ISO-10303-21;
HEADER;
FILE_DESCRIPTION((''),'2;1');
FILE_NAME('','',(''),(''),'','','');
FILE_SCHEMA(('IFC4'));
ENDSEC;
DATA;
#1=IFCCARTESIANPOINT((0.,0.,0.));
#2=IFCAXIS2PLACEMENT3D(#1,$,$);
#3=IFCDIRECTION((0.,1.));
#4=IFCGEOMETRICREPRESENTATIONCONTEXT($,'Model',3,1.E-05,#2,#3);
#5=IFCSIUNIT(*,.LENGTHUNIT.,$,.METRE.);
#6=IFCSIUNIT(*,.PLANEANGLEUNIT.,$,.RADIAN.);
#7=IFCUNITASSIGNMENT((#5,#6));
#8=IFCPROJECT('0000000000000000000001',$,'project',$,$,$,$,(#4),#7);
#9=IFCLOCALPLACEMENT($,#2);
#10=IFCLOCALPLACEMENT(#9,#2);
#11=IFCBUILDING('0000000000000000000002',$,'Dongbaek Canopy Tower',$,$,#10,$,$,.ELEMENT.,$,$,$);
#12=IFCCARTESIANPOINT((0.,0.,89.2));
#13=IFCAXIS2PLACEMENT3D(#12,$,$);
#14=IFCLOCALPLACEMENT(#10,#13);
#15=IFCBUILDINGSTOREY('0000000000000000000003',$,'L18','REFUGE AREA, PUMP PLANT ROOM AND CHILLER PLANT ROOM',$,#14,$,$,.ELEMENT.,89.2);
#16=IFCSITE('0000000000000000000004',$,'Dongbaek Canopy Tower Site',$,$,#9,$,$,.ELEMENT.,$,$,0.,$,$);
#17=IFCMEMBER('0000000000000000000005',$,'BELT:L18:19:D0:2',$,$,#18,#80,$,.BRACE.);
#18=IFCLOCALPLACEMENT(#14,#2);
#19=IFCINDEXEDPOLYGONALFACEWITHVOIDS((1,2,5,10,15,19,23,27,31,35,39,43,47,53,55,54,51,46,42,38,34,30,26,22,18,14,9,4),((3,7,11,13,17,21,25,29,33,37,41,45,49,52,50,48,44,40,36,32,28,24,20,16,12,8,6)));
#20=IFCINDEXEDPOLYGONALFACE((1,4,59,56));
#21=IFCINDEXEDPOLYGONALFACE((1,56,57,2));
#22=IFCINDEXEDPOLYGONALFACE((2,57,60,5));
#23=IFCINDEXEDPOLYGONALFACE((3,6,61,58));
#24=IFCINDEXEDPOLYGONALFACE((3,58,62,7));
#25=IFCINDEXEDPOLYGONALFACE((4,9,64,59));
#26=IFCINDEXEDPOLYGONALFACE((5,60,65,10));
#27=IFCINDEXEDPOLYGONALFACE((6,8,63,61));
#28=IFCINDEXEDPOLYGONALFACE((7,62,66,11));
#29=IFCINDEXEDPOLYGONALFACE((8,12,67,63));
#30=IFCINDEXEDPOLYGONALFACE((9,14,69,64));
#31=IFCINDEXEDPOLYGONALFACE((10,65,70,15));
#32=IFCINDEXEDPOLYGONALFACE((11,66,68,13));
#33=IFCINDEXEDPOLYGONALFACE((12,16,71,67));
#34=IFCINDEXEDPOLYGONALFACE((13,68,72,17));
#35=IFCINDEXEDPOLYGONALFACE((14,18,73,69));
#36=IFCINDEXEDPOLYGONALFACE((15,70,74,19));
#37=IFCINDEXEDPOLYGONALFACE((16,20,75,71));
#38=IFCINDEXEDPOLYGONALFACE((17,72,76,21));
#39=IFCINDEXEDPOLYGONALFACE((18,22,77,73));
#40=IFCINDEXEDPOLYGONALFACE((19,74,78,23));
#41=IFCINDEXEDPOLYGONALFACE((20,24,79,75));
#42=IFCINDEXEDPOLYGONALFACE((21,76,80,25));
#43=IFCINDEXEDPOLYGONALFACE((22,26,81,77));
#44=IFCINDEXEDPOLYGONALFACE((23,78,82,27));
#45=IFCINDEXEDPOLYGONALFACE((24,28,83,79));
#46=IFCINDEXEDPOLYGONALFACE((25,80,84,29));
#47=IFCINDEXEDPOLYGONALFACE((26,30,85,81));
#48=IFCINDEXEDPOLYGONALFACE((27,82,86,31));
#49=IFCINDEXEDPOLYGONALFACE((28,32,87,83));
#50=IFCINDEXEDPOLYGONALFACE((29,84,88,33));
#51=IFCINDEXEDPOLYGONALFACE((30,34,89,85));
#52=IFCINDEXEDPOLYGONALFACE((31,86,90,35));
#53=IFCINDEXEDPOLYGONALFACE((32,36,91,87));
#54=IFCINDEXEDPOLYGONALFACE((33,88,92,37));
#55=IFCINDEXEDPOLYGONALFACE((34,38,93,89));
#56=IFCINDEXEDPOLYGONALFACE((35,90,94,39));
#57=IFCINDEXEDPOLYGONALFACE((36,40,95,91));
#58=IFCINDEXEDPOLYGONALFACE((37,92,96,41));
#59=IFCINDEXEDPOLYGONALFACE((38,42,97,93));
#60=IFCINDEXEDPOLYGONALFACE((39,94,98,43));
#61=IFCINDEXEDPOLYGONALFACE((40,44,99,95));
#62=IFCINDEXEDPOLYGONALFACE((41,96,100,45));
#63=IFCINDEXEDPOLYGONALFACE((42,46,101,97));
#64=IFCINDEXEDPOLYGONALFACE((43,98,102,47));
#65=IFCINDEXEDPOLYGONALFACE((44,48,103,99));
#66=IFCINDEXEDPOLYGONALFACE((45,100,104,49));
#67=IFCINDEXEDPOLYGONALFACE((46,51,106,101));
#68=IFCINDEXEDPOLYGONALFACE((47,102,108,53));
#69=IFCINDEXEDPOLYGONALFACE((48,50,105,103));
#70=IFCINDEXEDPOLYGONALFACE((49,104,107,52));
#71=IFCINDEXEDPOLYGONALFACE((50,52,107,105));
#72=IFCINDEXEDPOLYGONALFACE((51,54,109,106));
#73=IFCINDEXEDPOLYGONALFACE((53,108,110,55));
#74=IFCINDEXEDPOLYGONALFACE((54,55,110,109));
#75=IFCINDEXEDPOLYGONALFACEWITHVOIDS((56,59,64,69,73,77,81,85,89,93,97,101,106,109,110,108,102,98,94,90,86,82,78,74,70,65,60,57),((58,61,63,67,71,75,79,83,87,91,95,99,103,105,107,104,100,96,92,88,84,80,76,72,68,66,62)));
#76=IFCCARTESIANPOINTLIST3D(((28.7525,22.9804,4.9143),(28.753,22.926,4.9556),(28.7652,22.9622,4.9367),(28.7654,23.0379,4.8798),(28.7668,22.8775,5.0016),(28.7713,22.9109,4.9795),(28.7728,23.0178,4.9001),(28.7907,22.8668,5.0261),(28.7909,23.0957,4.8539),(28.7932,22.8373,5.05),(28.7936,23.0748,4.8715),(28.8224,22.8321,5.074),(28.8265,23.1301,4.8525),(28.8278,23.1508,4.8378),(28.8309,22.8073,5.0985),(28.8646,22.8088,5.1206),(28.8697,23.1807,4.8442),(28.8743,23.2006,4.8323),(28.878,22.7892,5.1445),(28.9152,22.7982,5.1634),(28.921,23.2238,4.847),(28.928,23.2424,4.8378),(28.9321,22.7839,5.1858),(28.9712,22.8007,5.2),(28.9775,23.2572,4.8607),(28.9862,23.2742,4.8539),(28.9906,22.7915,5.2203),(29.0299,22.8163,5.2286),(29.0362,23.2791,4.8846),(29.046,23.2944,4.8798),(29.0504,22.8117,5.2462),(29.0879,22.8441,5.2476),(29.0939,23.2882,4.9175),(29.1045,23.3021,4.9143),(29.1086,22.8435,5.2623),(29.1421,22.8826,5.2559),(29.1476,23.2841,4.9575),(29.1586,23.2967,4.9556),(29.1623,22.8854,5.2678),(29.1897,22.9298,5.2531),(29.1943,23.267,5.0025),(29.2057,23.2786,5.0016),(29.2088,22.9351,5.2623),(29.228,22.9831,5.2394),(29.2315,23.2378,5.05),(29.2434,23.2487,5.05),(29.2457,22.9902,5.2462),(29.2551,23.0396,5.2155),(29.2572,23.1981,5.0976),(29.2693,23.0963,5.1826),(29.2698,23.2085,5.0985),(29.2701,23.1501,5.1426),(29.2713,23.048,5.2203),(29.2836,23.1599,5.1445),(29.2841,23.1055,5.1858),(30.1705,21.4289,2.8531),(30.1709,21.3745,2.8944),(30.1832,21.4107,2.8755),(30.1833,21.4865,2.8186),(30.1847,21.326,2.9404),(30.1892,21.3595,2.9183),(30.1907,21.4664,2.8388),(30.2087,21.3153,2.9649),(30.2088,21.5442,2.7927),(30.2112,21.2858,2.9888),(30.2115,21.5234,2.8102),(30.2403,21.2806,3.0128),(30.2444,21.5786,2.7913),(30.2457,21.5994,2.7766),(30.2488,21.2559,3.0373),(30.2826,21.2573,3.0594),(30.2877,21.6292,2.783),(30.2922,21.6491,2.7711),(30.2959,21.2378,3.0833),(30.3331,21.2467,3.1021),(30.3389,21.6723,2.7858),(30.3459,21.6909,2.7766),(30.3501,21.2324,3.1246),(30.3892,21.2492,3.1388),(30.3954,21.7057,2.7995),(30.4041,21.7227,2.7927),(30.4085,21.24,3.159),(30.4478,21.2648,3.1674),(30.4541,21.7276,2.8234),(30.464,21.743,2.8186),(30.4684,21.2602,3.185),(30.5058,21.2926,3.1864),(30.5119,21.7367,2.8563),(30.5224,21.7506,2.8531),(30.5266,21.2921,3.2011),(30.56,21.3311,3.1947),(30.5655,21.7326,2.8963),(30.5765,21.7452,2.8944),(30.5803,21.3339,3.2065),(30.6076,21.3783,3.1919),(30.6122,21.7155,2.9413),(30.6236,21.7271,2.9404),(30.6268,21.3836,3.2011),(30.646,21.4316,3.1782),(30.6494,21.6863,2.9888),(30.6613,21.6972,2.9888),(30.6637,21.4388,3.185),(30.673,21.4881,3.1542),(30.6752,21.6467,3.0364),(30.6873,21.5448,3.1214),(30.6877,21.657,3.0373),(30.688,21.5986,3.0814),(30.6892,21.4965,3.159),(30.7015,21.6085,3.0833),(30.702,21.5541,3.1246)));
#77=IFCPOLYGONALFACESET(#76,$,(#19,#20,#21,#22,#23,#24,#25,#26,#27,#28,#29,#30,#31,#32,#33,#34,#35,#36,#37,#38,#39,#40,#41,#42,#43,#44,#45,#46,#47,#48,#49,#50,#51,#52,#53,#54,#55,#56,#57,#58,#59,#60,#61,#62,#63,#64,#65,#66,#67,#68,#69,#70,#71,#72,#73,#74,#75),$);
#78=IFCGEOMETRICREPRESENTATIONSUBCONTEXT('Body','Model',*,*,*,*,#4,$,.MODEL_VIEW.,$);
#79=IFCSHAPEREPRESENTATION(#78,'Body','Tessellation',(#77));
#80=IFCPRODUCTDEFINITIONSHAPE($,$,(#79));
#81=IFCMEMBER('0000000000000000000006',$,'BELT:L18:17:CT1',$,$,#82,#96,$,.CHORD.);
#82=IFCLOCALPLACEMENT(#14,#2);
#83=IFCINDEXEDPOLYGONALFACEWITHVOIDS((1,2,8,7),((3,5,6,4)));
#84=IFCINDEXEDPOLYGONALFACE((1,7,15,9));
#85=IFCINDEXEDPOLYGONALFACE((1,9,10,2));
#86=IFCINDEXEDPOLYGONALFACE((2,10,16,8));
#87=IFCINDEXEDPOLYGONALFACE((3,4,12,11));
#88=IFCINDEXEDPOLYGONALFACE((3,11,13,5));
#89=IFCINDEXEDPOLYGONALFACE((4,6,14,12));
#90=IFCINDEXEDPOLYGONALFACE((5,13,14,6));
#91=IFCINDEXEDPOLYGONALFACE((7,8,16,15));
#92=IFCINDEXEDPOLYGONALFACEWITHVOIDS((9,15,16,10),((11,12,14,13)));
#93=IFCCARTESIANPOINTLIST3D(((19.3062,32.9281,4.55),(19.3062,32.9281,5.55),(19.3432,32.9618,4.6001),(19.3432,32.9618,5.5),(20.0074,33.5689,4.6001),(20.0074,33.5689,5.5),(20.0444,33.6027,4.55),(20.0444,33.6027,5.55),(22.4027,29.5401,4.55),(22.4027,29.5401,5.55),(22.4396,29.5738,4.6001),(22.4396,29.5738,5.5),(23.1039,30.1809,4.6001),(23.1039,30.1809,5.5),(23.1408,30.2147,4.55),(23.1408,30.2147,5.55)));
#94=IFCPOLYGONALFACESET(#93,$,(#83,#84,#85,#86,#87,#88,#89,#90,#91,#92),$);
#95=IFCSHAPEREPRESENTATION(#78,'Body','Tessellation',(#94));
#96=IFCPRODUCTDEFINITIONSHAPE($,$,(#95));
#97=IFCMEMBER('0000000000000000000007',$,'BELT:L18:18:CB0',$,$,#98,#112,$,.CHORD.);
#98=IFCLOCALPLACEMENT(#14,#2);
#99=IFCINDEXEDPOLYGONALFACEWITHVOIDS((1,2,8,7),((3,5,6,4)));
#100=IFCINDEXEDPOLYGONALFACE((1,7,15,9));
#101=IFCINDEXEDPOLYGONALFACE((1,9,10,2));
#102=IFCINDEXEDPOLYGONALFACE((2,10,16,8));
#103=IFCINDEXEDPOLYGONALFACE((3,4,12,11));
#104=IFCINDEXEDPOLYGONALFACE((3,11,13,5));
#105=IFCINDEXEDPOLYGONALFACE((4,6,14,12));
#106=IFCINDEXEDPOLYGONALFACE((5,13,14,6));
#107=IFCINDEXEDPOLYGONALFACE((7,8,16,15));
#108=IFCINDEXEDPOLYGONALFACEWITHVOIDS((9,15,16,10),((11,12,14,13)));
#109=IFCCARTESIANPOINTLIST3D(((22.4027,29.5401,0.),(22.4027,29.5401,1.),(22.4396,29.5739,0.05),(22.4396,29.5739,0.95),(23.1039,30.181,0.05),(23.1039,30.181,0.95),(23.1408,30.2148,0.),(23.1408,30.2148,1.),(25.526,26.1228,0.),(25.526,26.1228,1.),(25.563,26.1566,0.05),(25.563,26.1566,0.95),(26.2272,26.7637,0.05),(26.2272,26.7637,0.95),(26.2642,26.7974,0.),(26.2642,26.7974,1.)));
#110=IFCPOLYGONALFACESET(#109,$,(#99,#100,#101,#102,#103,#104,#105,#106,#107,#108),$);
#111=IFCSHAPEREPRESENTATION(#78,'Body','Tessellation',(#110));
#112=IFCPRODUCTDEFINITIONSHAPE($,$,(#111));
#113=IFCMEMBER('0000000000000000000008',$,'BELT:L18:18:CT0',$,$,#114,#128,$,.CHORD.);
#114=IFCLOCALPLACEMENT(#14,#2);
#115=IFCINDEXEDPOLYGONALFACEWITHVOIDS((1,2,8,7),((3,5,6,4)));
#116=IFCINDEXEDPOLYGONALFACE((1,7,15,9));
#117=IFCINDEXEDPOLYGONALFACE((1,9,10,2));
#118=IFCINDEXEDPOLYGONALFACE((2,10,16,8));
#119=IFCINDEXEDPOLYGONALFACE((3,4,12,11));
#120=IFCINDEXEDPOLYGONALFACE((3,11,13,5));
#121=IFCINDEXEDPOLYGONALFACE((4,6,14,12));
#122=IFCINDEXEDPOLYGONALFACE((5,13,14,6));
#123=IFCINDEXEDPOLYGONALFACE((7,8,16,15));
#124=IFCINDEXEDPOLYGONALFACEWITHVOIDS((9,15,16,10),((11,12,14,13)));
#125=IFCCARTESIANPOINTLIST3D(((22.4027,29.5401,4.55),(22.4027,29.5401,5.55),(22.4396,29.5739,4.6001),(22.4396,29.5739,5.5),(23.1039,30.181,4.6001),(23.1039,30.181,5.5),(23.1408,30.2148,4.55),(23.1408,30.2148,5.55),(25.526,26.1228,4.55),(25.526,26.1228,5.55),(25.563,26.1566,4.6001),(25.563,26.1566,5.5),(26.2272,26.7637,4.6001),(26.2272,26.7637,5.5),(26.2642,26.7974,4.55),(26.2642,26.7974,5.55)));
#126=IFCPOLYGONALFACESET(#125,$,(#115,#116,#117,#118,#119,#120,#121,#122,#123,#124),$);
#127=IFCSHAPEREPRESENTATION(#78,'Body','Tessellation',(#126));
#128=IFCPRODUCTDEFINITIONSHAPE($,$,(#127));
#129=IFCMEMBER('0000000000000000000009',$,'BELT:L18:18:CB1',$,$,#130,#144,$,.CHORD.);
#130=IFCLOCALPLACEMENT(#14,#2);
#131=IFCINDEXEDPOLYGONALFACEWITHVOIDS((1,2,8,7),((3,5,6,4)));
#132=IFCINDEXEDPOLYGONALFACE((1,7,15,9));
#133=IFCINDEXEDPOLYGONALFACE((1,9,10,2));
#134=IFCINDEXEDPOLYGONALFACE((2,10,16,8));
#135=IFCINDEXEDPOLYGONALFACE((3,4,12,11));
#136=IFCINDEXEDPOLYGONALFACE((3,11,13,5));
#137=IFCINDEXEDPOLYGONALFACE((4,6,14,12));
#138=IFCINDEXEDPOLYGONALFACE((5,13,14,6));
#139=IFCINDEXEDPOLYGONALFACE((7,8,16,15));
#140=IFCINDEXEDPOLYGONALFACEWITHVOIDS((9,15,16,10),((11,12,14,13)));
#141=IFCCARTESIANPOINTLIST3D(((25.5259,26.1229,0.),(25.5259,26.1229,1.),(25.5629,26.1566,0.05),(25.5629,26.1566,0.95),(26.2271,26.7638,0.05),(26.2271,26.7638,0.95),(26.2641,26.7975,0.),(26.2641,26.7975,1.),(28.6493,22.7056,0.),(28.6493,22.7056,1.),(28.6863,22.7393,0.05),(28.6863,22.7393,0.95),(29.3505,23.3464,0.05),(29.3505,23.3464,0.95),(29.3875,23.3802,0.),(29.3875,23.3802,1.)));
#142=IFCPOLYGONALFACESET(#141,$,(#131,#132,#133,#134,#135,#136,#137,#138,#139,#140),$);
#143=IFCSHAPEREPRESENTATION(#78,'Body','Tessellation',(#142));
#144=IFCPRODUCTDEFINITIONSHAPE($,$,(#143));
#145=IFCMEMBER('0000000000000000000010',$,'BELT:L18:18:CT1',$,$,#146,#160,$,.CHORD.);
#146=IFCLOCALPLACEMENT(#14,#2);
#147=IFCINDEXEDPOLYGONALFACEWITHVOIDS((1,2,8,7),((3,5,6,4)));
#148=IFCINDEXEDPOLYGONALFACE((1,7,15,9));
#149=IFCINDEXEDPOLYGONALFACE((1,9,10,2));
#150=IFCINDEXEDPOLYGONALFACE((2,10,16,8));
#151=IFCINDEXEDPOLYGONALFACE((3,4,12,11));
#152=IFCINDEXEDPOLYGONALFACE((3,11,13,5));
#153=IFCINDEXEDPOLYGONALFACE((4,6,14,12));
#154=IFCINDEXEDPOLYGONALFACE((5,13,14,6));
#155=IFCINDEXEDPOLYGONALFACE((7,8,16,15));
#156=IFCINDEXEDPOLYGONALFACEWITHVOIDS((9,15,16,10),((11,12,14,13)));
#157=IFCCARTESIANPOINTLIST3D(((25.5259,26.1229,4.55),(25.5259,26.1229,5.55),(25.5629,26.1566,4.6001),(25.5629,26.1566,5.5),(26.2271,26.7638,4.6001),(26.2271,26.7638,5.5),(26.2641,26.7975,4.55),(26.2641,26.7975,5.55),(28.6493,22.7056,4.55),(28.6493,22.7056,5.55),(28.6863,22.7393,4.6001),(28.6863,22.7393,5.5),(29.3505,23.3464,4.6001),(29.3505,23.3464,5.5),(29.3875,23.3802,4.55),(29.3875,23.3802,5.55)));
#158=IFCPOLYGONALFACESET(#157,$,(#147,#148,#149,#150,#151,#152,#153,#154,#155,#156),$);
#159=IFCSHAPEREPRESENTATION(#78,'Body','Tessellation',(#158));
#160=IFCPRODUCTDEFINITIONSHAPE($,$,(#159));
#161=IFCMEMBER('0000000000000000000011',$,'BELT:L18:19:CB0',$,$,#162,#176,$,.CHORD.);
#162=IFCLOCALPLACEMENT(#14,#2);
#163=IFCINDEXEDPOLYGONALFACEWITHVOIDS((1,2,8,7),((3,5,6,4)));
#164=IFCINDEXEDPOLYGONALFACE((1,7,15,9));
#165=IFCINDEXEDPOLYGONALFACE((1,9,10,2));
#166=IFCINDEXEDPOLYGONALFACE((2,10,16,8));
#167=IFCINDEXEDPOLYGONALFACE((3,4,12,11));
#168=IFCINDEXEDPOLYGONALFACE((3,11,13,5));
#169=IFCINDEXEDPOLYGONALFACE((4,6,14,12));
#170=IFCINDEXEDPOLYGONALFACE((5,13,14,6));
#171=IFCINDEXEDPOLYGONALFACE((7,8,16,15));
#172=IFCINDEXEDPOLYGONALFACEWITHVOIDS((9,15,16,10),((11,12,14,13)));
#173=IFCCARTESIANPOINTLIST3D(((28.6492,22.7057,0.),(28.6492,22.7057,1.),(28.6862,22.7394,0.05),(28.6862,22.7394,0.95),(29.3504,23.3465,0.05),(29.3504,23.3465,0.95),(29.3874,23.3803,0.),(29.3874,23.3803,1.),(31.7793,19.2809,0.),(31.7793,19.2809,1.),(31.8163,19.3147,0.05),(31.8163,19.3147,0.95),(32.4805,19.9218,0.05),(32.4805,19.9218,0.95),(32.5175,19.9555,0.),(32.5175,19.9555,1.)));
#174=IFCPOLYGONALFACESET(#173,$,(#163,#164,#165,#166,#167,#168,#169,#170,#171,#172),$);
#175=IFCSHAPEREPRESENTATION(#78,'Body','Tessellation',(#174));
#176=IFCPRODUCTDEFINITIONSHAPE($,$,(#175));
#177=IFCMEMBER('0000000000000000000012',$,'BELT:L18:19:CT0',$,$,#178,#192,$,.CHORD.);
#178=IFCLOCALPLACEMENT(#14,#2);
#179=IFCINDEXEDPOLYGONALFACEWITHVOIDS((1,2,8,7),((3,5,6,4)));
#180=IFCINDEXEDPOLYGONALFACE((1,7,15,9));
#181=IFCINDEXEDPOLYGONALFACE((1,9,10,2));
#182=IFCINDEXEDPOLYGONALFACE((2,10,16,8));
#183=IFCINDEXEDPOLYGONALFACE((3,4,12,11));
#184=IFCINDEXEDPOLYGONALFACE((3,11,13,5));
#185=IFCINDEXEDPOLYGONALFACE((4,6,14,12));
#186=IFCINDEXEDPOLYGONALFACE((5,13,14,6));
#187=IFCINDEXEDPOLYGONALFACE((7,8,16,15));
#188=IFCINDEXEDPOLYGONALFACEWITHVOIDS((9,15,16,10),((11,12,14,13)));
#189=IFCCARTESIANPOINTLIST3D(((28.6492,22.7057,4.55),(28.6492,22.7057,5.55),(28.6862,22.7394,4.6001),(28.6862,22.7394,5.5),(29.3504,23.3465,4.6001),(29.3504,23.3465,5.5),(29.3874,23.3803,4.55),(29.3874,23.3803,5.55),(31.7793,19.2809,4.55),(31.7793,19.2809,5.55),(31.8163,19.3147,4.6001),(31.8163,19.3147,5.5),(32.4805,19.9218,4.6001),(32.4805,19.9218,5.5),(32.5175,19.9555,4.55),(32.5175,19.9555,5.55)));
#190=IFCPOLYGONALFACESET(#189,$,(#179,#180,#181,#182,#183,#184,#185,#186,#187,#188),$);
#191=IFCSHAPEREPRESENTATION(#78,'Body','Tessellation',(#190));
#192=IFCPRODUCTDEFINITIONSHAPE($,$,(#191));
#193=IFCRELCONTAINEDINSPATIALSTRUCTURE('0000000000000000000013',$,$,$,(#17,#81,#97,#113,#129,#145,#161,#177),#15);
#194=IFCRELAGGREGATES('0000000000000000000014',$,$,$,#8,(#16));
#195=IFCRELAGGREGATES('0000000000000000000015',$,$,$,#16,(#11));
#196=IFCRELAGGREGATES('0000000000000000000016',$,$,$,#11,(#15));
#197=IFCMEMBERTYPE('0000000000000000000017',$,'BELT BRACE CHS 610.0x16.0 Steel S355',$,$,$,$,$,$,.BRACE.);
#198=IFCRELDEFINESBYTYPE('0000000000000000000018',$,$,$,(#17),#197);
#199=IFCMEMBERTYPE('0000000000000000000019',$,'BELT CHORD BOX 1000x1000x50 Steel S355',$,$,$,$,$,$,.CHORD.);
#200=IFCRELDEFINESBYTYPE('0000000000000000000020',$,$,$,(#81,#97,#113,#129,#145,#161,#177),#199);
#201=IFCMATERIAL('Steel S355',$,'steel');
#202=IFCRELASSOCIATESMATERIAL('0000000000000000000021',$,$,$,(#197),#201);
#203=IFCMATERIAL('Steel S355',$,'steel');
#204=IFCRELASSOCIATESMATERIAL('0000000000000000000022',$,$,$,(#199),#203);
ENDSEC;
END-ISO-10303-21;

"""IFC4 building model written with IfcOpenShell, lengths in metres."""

from ifc_helpers import new_model, si_unit, direction, frame, origin, origin_2d, place, context, subcontext, project, spatial, hollow_rectangle, hollow_circle, extrude, material, material_profile, profile_set, type_object, element, save


model = new_model("IFC4")

# Units and contexts
model_context = context("Model", 3, precision=1e-05, world=origin(), true_north=direction((0.0, 1.0)))
body_context = subcontext(model_context, "Body", "Model", "MODEL_VIEW")
ifc_project = project(units=[si_unit("LENGTHUNIT", "METRE"), si_unit("PLANEANGLEUNIT", "RADIAN")], contexts=[model_context])

# Site, building, storey
site_placement = place(None, origin())
site = spatial("IfcSite", under=ifc_project, at=site_placement, Name="Dongbaek Canopy Tower Site", CompositionType="ELEMENT", RefElevation=0.0)
building_placement = place(site_placement, origin())
building = spatial("IfcBuilding", under=site, at=building_placement, Name="Dongbaek Canopy Tower", CompositionType="ELEMENT")
storey_placement = place(building_placement, frame((0.0, 0.0, 89.2)))
storey = spatial("IfcBuildingStorey", under=building, at=storey_placement, Name="L18", Description="REFUGE AREA, PUMP PLANT ROOM AND CHILLER PLANT ROOM", CompositionType="ELEMENT", Elevation=89.2)

# Members
ifc_material_1 = material(Name="Steel S355", Category="steel")
ifc_material_profile_1 = material_profile(ifc_material_1, hollow_circle(Radius=0.3049, WallThickness=0.0161, at=origin_2d()), Name="BELT BRACE CHS 610.0x16.0 Steel S355")
ifc_profile_set_1 = profile_set([ifc_material_profile_1], Name="Steel S355")
member_type_1 = type_object("IfcMemberType", Name="BELT BRACE CHS 610.0x16.0 Steel S355", PredefinedType="BRACE", material=ifc_profile_set_1)
member_1_placement = place(storey_placement, frame((29.0183, 23.043, 5.05), z_axis=(0.481659, -0.527022, -0.70018), x_axis=(0.738161, 0.674625, 0.0)))
element("IfcMember", 1, at=member_1_placement, inside=storey, type_object=member_type_1, Name="BELT:L18:19:D0:2", PredefinedType="BRACE", context=body_context, shape_type="SweptSolid", body=[
    extrude(hollow_circle(Radius=0.3049, WallThickness=0.0161, at=origin_2d()), origin(), (0.0, 0.0, 1.0), 2.9438),
])
ifc_material_2 = material(Name="Steel S355", Category="steel")
ifc_material_profile_2 = material_profile(ifc_material_2, hollow_rectangle(XDim=1.0, YDim=1.0, WallThickness=0.05, at=origin_2d()), Name="BELT CHORD BOX 1000x1000x50 Steel S355")
ifc_profile_set_2 = profile_set([ifc_material_profile_2], Name="Steel S355")
member_type_2 = type_object("IfcMemberType", Name="BELT CHORD BOX 1000x1000x50 Steel S355", PredefinedType="CHORD", material=ifc_profile_set_2)
member_2_placement = place(storey_placement, frame((19.6753, 33.2654, 5.05), z_axis=(0.674638, -0.738149, 0.0), x_axis=(0.738149, 0.674638, 0.0)))
element("IfcMember", 2, at=member_2_placement, inside=storey, type_object=member_type_2, Name="BELT:L18:17:CT1", PredefinedType="CHORD", context=body_context, shape_type="SweptSolid", body=[
    extrude(hollow_rectangle(XDim=1.0, YDim=1.0, WallThickness=0.05, at=origin_2d()), origin(), (0.0, 0.0, 1.0), 4.5898),
])
for number, where, z_axis, x_axis, name in (
    (3, (22.7717, 29.8774, 0.5), (0.674647, -0.738141, 0.0), (0.738141, 0.674647, 0.0), "BELT:L18:18:CB0"),
    (4, (22.7717, 29.8774, 5.05), (0.674647, -0.738141, 0.0), (0.738141, 0.674647, 0.0), "BELT:L18:18:CT0"),
    (5, (25.895, 26.4602, 0.5), (0.674647, -0.738141, 0.0), (0.738141, 0.674647, 0.0), "BELT:L18:18:CB1"),
    (6, (25.895, 26.4602, 5.05), (0.674647, -0.738141, 0.0), (0.738141, 0.674647, 0.0), "BELT:L18:18:CT1"),
):
    element("IfcMember", number, at=place(storey_placement, frame(where, z_axis=z_axis, x_axis=x_axis)), inside=storey, type_object=member_type_2, Name=name, PredefinedType="CHORD", context=body_context, shape_type="SweptSolid", body=[
        extrude(hollow_rectangle(XDim=1.0, YDim=1.0, WallThickness=0.05, at=origin_2d()), origin(), (0.0, 0.0, 1.0), 4.6296),
    ])
for number, where, z_axis, x_axis, name in (
    (7, (29.0183, 23.043, 0.5), (0.674637, -0.738149, 0.0), (0.738149, 0.674637, 0.0), "BELT:L18:19:CB0"),
    (8, (29.0183, 23.043, 5.05), (0.674637, -0.738149, 0.0), (0.738149, 0.674637, 0.0), "BELT:L18:19:CT0"),
):
    element("IfcMember", number, at=place(storey_placement, frame(where, z_axis=z_axis, x_axis=x_axis)), inside=storey, type_object=member_type_2, Name=name, PredefinedType="CHORD", context=body_context, shape_type="SweptSolid", body=[
        extrude(hollow_rectangle(XDim=1.0, YDim=1.0, WallThickness=0.05, at=origin_2d()), origin(), (0.0, 0.0, 1.0), 4.6396),
    ])

save(model, "model.ifc")
